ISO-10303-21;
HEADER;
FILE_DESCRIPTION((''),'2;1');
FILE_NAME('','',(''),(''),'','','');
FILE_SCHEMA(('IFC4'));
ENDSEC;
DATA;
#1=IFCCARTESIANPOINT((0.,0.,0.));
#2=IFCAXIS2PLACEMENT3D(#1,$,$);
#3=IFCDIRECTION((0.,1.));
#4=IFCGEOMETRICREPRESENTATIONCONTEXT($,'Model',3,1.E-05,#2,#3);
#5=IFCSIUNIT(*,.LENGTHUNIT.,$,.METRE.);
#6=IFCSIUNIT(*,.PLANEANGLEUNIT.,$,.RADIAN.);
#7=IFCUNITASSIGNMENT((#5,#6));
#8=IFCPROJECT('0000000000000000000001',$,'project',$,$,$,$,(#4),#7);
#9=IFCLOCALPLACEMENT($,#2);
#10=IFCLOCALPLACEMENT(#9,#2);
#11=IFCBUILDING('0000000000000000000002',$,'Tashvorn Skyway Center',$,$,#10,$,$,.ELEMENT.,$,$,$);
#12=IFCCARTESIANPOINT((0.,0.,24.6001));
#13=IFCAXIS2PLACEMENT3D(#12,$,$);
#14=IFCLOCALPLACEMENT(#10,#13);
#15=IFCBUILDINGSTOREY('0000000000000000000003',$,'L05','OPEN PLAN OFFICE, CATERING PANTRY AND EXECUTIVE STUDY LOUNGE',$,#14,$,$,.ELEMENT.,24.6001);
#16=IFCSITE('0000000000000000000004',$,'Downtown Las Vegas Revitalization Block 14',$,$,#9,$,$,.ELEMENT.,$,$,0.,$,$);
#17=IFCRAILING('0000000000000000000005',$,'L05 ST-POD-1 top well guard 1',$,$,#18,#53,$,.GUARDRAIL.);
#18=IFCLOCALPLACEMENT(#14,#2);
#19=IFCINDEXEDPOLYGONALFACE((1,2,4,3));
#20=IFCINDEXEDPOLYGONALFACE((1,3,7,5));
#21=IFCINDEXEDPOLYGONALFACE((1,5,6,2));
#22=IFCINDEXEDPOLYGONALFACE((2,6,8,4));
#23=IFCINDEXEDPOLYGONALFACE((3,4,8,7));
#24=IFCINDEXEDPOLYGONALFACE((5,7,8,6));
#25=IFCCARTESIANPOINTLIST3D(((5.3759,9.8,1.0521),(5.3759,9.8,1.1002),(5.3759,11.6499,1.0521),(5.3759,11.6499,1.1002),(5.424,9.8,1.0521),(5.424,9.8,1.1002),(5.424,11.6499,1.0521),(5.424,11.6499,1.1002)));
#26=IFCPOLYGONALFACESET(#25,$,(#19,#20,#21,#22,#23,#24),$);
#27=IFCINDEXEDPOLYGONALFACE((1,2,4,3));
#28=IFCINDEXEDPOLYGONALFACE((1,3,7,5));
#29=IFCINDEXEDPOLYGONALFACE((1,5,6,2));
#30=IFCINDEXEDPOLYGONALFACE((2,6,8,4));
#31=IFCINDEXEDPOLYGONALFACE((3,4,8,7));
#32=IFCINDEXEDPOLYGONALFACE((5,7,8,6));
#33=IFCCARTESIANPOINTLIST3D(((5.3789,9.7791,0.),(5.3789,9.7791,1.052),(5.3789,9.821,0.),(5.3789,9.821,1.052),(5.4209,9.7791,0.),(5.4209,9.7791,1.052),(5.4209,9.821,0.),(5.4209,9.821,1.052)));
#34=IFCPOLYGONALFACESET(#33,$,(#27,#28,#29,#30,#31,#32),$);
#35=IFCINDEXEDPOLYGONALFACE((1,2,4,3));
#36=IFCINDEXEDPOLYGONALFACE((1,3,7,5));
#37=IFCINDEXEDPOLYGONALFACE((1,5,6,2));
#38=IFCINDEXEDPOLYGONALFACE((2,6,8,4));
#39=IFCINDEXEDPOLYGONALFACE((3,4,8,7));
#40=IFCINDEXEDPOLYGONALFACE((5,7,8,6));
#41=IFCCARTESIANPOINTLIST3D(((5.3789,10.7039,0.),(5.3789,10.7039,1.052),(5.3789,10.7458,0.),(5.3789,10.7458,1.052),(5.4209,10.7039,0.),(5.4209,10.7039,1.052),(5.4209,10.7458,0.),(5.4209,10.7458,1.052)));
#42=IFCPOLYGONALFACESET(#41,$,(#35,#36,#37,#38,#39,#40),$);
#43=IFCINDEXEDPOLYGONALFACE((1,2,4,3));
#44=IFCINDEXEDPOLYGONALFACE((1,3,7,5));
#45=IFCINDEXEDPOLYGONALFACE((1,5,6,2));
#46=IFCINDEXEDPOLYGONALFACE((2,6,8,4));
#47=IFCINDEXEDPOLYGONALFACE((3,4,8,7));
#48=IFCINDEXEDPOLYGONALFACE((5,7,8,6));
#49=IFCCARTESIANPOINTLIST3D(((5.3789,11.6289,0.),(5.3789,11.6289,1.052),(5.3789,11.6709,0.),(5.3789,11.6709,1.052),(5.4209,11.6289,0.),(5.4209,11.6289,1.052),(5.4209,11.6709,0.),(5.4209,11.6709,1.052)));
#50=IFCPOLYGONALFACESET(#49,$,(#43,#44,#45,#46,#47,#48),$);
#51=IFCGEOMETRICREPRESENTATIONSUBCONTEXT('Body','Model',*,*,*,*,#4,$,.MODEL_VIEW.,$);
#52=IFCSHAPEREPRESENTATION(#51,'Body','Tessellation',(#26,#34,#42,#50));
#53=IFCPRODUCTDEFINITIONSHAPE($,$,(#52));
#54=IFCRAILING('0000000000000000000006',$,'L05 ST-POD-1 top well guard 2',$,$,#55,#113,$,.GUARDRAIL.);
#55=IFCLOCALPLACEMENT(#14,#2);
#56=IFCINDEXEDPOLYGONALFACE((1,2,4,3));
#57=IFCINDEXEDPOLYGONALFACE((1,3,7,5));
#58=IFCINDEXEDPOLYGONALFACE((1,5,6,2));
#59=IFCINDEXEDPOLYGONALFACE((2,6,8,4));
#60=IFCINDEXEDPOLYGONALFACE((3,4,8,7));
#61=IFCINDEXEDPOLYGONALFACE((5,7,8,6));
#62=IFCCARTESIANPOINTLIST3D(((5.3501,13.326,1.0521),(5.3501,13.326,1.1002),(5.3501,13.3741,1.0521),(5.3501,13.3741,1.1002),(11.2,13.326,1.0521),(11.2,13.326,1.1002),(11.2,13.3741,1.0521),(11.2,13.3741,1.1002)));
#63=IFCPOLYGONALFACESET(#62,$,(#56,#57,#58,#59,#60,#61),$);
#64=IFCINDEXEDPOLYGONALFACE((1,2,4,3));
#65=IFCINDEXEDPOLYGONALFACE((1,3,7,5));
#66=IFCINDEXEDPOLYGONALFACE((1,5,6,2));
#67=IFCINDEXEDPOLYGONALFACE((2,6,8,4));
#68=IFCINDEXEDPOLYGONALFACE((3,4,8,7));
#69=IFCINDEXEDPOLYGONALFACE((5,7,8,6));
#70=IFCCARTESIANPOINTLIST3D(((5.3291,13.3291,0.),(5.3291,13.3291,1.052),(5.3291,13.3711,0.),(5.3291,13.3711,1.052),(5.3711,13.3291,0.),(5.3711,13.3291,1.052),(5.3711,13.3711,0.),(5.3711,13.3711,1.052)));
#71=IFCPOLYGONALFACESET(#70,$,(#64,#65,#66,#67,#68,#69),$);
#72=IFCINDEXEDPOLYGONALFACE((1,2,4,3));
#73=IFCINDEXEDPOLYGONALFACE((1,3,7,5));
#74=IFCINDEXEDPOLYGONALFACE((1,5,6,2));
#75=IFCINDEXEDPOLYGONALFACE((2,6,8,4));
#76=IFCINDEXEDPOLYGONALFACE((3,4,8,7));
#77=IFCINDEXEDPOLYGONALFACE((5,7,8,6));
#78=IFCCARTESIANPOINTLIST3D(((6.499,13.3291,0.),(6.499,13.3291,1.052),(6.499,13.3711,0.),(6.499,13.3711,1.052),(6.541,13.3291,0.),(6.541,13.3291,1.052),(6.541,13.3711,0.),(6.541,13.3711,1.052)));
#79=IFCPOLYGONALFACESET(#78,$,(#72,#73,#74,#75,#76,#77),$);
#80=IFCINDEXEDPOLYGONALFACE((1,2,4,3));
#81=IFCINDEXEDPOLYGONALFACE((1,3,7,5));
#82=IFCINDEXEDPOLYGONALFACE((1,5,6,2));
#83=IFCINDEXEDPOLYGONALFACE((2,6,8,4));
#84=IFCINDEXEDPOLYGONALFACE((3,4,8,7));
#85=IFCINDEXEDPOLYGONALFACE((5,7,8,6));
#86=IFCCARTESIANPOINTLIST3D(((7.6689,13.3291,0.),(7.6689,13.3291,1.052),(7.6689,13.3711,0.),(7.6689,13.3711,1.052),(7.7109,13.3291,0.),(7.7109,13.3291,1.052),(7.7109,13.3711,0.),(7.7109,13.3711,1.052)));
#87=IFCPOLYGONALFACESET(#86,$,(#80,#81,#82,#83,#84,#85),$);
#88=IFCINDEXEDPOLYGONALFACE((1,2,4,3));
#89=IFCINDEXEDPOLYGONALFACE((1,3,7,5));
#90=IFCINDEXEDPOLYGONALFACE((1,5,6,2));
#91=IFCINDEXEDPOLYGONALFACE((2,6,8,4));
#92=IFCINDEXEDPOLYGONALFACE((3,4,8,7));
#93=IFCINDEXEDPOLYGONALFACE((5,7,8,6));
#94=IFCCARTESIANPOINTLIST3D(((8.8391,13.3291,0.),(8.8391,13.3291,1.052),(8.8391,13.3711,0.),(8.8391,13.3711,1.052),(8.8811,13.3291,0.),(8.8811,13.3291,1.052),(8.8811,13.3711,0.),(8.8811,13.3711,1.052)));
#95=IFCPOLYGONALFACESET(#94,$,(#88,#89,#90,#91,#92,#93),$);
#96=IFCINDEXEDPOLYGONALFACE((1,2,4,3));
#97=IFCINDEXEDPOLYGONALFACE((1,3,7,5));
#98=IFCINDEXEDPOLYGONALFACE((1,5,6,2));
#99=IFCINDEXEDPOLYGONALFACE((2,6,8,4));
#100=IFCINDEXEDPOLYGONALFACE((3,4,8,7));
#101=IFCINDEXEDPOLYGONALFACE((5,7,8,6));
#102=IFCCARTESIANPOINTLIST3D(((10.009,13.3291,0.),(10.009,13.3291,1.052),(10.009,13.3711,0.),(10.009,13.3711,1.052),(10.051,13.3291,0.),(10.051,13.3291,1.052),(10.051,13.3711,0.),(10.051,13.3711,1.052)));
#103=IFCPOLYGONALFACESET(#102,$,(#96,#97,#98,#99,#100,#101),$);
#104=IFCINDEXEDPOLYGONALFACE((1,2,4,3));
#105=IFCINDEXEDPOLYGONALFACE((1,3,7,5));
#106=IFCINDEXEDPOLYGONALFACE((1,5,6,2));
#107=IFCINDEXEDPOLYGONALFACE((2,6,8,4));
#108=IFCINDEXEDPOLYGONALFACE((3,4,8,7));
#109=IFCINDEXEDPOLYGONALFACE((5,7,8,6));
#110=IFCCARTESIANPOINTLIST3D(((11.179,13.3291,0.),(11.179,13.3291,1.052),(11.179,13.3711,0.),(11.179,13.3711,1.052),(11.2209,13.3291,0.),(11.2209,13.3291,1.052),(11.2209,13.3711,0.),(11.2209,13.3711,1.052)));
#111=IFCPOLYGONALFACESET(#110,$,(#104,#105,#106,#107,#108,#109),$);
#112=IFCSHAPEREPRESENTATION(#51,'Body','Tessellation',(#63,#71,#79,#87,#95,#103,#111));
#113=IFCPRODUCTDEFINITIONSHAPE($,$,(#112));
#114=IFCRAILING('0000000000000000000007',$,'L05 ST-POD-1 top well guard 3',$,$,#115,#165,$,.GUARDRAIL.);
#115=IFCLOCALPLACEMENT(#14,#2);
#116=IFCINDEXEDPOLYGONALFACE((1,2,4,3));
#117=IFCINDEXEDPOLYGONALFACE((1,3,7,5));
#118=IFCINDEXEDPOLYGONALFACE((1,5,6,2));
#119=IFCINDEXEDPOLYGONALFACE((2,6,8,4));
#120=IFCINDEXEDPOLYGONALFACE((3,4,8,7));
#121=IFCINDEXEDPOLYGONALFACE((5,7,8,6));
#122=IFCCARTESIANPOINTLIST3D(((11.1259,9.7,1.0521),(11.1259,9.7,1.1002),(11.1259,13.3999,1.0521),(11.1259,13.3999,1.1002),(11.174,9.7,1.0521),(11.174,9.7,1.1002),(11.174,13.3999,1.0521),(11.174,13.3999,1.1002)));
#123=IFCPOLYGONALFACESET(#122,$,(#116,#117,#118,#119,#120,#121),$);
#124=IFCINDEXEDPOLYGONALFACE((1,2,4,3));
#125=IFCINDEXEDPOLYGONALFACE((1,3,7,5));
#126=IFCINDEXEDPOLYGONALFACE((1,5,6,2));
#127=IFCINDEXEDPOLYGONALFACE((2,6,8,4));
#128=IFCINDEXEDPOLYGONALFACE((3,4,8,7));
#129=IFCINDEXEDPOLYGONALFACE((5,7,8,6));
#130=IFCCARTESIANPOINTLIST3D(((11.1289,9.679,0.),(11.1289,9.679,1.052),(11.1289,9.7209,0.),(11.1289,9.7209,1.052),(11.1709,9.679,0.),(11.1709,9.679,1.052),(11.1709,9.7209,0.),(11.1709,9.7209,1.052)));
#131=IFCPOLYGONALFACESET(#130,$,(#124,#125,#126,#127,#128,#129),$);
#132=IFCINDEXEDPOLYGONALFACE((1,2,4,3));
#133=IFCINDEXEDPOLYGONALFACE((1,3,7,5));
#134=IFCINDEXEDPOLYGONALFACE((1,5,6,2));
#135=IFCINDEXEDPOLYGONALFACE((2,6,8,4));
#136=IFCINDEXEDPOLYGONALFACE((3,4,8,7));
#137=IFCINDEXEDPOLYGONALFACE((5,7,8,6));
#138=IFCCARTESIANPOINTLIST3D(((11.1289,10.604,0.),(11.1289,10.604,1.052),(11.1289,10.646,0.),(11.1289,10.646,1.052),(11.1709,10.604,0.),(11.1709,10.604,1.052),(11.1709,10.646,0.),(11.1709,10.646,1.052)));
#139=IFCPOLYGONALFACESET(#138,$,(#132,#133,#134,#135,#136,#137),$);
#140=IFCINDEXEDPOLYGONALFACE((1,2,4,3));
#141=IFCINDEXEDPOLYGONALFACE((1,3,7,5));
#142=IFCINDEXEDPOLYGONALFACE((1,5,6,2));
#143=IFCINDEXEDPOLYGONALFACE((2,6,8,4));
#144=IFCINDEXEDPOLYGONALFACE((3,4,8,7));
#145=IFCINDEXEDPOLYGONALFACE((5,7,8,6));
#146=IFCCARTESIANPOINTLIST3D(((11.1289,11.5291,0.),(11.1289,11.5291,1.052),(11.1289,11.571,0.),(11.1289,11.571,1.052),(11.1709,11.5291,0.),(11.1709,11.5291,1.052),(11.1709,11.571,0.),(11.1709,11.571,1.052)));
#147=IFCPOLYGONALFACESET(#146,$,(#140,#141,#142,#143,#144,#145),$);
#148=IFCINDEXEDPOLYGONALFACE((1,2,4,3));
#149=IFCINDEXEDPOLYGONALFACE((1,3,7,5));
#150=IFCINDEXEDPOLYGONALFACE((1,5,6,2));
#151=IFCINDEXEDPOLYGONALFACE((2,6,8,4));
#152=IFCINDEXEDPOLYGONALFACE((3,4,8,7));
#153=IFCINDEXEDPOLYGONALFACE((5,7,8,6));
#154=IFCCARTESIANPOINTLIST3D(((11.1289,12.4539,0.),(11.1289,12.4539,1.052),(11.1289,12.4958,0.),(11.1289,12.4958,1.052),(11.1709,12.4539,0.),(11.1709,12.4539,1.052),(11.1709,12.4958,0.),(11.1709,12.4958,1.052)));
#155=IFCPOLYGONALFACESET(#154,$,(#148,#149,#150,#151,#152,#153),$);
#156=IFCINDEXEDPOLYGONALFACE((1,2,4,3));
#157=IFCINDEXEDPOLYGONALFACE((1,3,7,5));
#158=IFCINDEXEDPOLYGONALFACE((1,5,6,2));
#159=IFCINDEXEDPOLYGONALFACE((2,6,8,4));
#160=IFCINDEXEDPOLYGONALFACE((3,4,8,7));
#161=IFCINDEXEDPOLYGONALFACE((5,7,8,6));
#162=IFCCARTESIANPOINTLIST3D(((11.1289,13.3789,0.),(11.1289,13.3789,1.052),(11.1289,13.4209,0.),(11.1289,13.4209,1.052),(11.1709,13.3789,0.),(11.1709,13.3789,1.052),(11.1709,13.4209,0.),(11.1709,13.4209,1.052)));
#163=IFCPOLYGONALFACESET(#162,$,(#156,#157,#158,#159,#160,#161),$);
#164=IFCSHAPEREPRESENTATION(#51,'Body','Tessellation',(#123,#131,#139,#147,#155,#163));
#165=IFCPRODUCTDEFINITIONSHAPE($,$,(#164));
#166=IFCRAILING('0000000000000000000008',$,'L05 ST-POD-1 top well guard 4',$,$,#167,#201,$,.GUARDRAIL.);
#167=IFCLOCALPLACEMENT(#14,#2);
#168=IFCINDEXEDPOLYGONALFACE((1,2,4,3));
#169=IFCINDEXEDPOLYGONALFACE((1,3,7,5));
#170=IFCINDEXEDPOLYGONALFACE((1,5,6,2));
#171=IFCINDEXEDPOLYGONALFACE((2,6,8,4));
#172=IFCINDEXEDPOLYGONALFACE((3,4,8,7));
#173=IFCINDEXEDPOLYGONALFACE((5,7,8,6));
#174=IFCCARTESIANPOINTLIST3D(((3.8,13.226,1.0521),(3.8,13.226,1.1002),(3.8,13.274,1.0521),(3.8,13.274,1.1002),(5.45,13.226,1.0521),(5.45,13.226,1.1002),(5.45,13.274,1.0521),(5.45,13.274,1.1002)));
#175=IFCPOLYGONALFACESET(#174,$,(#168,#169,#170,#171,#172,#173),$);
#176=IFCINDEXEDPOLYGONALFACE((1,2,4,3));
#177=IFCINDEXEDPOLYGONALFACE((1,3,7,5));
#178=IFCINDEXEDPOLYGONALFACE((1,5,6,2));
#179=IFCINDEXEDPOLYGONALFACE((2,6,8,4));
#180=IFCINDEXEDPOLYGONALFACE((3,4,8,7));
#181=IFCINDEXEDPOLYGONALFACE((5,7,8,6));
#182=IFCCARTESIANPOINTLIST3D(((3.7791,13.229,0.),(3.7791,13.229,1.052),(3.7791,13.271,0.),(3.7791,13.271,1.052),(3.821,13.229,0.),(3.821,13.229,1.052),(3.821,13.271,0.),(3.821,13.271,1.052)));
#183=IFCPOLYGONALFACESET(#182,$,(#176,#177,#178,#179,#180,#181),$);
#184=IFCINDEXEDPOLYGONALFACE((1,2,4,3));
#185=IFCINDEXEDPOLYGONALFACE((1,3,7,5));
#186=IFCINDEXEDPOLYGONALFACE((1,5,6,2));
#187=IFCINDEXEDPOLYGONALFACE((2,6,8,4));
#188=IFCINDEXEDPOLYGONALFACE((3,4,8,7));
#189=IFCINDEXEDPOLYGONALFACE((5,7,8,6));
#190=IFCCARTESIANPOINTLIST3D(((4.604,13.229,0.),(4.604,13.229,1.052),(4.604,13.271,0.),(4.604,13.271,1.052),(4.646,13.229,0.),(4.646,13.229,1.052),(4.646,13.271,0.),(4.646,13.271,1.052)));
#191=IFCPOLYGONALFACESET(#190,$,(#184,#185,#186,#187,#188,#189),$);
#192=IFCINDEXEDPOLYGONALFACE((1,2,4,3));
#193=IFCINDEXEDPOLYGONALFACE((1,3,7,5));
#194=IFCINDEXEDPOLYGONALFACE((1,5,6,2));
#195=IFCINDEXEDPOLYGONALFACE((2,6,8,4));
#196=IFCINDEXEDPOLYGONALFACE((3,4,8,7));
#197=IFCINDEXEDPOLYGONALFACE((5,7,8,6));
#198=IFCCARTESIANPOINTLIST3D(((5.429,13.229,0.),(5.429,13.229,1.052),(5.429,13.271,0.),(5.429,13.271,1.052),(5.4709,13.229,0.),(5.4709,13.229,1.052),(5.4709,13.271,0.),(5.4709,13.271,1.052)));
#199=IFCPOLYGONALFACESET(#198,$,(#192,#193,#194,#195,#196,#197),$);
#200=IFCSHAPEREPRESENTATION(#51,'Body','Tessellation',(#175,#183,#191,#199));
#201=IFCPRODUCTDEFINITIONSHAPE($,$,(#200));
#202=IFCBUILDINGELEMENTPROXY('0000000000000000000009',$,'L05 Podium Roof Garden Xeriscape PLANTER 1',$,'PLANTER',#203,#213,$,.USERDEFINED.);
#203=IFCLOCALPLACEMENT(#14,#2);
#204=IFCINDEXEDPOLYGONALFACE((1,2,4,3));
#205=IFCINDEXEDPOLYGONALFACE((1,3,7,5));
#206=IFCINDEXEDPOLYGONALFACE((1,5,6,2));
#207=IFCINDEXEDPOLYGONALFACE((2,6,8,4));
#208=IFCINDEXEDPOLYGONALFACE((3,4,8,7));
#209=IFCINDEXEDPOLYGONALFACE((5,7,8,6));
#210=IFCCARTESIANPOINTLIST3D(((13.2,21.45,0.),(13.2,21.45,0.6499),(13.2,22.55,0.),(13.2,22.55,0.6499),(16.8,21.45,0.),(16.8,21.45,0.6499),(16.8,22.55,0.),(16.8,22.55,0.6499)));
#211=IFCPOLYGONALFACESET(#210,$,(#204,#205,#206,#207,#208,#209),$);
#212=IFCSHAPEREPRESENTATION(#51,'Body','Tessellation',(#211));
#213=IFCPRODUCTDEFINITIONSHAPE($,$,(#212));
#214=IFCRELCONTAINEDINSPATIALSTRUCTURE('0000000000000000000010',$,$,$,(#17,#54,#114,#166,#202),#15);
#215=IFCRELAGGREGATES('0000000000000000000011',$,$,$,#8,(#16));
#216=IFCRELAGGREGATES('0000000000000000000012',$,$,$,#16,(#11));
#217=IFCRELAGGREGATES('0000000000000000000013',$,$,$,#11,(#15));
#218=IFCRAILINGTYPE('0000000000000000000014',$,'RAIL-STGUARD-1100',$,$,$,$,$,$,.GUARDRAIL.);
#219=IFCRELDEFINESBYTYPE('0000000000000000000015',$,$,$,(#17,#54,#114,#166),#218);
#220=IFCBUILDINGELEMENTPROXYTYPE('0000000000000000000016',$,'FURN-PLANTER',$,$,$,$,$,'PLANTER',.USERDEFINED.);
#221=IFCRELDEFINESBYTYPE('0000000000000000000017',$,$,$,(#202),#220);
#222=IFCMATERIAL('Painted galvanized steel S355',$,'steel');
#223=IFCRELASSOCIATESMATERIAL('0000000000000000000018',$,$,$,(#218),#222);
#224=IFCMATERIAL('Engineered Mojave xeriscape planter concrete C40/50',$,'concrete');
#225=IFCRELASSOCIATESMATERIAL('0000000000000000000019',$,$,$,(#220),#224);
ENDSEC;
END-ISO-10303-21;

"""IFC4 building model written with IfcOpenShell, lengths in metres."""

from ifc_helpers import new_model, si_unit, direction, frame, origin, origin_2d, place, context, subcontext, project, spatial, rectangle, extrude, material, type_object, element, save


model = new_model("IFC4")

# Units and contexts
model_context = context("Model", 3, precision=1e-05, world=origin(), true_north=direction((0.0, 1.0)))
body_context = subcontext(model_context, "Body", "Model", "MODEL_VIEW")
ifc_project = project(units=[si_unit("LENGTHUNIT", "METRE"), si_unit("PLANEANGLEUNIT", "RADIAN")], contexts=[model_context])

# Site, building, storey
site_placement = place(None, origin())
site = spatial("IfcSite", under=ifc_project, at=site_placement, Name="Downtown Las Vegas Revitalization Block 14", CompositionType="ELEMENT", RefElevation=0.0)
building_placement = place(site_placement, origin())
building = spatial("IfcBuilding", under=site, at=building_placement, Name="Tashvorn Skyway Center", CompositionType="ELEMENT")
storey_placement = place(building_placement, frame((0.0, 0.0, 24.6001)))
storey = spatial("IfcBuildingStorey", under=building, at=storey_placement, Name="L05", Description="OPEN PLAN OFFICE, CATERING PANTRY AND EXECUTIVE STUDY LOUNGE", CompositionType="ELEMENT", Elevation=24.6001)

# Railings
ifc_material_1 = material(Name="Painted galvanized steel S355", Category="steel")
railing_type_1 = type_object("IfcRailingType", Name="RAIL-STGUARD-1100", PredefinedType="GUARDRAIL", material=ifc_material_1)
railing_1_placement = place(storey_placement, frame((5.3999, 9.8, 0.0)))
element("IfcRailing", 1, at=railing_1_placement, inside=storey, type_object=railing_type_1, Name="L05 ST-POD-1 top well guard 1", PredefinedType="GUARDRAIL", context=body_context, shape_type="SweptSolid", body=[
    extrude(rectangle(XDim=0.0481, YDim=0.0481, at=origin_2d()), frame((0.0, 0.0, 1.0762), z_axis=(0.0, 1.0, 0.0), x_axis=(-1.0, 0.0, 0.0)), (0.0, 0.0, 1.0), 1.8499),
    extrude(rectangle(XDim=0.042, YDim=0.042, at=origin_2d()), origin(), (0.0, 0.0, 1.0), 1.052),
    extrude(rectangle(XDim=0.042, YDim=0.042, at=origin_2d()), frame((0.0, 0.9248, 0.0)), (0.0, 0.0, 1.0), 1.052),
    extrude(rectangle(XDim=0.042, YDim=0.042, at=origin_2d()), frame((0.0, 1.8499, 0.0)), (0.0, 0.0, 1.0), 1.052),
])
railing_2_placement = place(storey_placement, frame((5.3501, 13.3501, 0.0)))
element("IfcRailing", 2, at=railing_2_placement, inside=storey, type_object=railing_type_1, Name="L05 ST-POD-1 top well guard 2", PredefinedType="GUARDRAIL", context=body_context, shape_type="SweptSolid", body=[
    extrude(rectangle(XDim=0.0481, YDim=0.0481, at=origin_2d()), frame((0.0, 0.0, 1.0762), z_axis=(1.0, 0.0, 0.0), x_axis=(0.0, 1.0, 0.0)), (0.0, 0.0, 1.0), 5.8499),
    extrude(rectangle(XDim=0.042, YDim=0.042, at=origin_2d()), origin(), (0.0, 0.0, 1.0), 1.052),
    extrude(rectangle(XDim=0.042, YDim=0.042, at=origin_2d()), frame((1.1699, 0.0, 0.0)), (0.0, 0.0, 1.0), 1.052),
    extrude(rectangle(XDim=0.042, YDim=0.042, at=origin_2d()), frame((2.3398, 0.0, 0.0)), (0.0, 0.0, 1.0), 1.052),
    extrude(rectangle(XDim=0.042, YDim=0.042, at=origin_2d()), frame((3.51, 0.0, 0.0)), (0.0, 0.0, 1.0), 1.052),
    extrude(rectangle(XDim=0.042, YDim=0.042, at=origin_2d()), frame((4.6799, 0.0, 0.0)), (0.0, 0.0, 1.0), 1.052),
    extrude(rectangle(XDim=0.042, YDim=0.042, at=origin_2d()), frame((5.8499, 0.0, 0.0)), (0.0, 0.0, 1.0), 1.052),
])
railing_3_placement = place(storey_placement, frame((11.1499, 9.7, 0.0)))
element("IfcRailing", 3, at=railing_3_placement, inside=storey, type_object=railing_type_1, Name="L05 ST-POD-1 top well guard 3", PredefinedType="GUARDRAIL", context=body_context, shape_type="SweptSolid", body=[
    extrude(rectangle(XDim=0.0481, YDim=0.0481, at=origin_2d()), frame((0.0, 0.0, 1.0762), z_axis=(0.0, 1.0, 0.0), x_axis=(-1.0, 0.0, 0.0)), (0.0, 0.0, 1.0), 3.7),
    extrude(rectangle(XDim=0.042, YDim=0.042, at=origin_2d()), origin(), (0.0, 0.0, 1.0), 1.052),
    extrude(rectangle(XDim=0.042, YDim=0.042, at=origin_2d()), frame((0.0, 0.925, 0.0)), (0.0, 0.0, 1.0), 1.052),
    extrude(rectangle(XDim=0.042, YDim=0.042, at=origin_2d()), frame((0.0, 1.8501, 0.0)), (0.0, 0.0, 1.0), 1.052),
    extrude(rectangle(XDim=0.042, YDim=0.042, at=origin_2d()), frame((0.0, 2.7749, 0.0)), (0.0, 0.0, 1.0), 1.052),
    extrude(rectangle(XDim=0.042, YDim=0.042, at=origin_2d()), frame((0.0, 3.7, 0.0)), (0.0, 0.0, 1.0), 1.052),
])
railing_4_placement = place(storey_placement, frame((3.8, 13.25, 0.0)))
element("IfcRailing", 4, at=railing_4_placement, inside=storey, type_object=railing_type_1, Name="L05 ST-POD-1 top well guard 4", PredefinedType="GUARDRAIL", context=body_context, shape_type="SweptSolid", body=[
    extrude(rectangle(XDim=0.0481, YDim=0.0481, at=origin_2d()), frame((0.0, 0.0, 1.0762), z_axis=(1.0, 0.0, 0.0), x_axis=(0.0, 1.0, 0.0)), (0.0, 0.0, 1.0), 1.6499),
    extrude(rectangle(XDim=0.042, YDim=0.042, at=origin_2d()), origin(), (0.0, 0.0, 1.0), 1.052),
    extrude(rectangle(XDim=0.042, YDim=0.042, at=origin_2d()), frame((0.825, 0.0, 0.0)), (0.0, 0.0, 1.0), 1.052),
    extrude(rectangle(XDim=0.042, YDim=0.042, at=origin_2d()), frame((1.6499, 0.0, 0.0)), (0.0, 0.0, 1.0), 1.052),
])

# Building element proxy
ifc_material_2 = material(Name="Engineered Mojave xeriscape planter concrete C40/50", Category="concrete")
building_element_proxy_type = type_object("IfcBuildingElementProxyType", Name="FURN-PLANTER", ElementType="PLANTER", PredefinedType="USERDEFINED", material=ifc_material_2)
proxy_placement = place(storey_placement, frame((15.0, 22.0, 0.0), z_axis=(0.0, 0.0, 1.0), x_axis=(1.0, 0.0, 0.0)))
element("IfcBuildingElementProxy", 5, at=proxy_placement, inside=storey, type_object=building_element_proxy_type, Name="L05 Podium Roof Garden Xeriscape PLANTER 1", ObjectType="PLANTER", PredefinedType="USERDEFINED", context=body_context, shape_type="SweptSolid", body=[
    extrude(rectangle(XDim=3.6001, YDim=1.1001, at=origin_2d()), origin(), (0.0, 0.0, 1.0), 0.6499),
])

save(model, "model.ifc")
